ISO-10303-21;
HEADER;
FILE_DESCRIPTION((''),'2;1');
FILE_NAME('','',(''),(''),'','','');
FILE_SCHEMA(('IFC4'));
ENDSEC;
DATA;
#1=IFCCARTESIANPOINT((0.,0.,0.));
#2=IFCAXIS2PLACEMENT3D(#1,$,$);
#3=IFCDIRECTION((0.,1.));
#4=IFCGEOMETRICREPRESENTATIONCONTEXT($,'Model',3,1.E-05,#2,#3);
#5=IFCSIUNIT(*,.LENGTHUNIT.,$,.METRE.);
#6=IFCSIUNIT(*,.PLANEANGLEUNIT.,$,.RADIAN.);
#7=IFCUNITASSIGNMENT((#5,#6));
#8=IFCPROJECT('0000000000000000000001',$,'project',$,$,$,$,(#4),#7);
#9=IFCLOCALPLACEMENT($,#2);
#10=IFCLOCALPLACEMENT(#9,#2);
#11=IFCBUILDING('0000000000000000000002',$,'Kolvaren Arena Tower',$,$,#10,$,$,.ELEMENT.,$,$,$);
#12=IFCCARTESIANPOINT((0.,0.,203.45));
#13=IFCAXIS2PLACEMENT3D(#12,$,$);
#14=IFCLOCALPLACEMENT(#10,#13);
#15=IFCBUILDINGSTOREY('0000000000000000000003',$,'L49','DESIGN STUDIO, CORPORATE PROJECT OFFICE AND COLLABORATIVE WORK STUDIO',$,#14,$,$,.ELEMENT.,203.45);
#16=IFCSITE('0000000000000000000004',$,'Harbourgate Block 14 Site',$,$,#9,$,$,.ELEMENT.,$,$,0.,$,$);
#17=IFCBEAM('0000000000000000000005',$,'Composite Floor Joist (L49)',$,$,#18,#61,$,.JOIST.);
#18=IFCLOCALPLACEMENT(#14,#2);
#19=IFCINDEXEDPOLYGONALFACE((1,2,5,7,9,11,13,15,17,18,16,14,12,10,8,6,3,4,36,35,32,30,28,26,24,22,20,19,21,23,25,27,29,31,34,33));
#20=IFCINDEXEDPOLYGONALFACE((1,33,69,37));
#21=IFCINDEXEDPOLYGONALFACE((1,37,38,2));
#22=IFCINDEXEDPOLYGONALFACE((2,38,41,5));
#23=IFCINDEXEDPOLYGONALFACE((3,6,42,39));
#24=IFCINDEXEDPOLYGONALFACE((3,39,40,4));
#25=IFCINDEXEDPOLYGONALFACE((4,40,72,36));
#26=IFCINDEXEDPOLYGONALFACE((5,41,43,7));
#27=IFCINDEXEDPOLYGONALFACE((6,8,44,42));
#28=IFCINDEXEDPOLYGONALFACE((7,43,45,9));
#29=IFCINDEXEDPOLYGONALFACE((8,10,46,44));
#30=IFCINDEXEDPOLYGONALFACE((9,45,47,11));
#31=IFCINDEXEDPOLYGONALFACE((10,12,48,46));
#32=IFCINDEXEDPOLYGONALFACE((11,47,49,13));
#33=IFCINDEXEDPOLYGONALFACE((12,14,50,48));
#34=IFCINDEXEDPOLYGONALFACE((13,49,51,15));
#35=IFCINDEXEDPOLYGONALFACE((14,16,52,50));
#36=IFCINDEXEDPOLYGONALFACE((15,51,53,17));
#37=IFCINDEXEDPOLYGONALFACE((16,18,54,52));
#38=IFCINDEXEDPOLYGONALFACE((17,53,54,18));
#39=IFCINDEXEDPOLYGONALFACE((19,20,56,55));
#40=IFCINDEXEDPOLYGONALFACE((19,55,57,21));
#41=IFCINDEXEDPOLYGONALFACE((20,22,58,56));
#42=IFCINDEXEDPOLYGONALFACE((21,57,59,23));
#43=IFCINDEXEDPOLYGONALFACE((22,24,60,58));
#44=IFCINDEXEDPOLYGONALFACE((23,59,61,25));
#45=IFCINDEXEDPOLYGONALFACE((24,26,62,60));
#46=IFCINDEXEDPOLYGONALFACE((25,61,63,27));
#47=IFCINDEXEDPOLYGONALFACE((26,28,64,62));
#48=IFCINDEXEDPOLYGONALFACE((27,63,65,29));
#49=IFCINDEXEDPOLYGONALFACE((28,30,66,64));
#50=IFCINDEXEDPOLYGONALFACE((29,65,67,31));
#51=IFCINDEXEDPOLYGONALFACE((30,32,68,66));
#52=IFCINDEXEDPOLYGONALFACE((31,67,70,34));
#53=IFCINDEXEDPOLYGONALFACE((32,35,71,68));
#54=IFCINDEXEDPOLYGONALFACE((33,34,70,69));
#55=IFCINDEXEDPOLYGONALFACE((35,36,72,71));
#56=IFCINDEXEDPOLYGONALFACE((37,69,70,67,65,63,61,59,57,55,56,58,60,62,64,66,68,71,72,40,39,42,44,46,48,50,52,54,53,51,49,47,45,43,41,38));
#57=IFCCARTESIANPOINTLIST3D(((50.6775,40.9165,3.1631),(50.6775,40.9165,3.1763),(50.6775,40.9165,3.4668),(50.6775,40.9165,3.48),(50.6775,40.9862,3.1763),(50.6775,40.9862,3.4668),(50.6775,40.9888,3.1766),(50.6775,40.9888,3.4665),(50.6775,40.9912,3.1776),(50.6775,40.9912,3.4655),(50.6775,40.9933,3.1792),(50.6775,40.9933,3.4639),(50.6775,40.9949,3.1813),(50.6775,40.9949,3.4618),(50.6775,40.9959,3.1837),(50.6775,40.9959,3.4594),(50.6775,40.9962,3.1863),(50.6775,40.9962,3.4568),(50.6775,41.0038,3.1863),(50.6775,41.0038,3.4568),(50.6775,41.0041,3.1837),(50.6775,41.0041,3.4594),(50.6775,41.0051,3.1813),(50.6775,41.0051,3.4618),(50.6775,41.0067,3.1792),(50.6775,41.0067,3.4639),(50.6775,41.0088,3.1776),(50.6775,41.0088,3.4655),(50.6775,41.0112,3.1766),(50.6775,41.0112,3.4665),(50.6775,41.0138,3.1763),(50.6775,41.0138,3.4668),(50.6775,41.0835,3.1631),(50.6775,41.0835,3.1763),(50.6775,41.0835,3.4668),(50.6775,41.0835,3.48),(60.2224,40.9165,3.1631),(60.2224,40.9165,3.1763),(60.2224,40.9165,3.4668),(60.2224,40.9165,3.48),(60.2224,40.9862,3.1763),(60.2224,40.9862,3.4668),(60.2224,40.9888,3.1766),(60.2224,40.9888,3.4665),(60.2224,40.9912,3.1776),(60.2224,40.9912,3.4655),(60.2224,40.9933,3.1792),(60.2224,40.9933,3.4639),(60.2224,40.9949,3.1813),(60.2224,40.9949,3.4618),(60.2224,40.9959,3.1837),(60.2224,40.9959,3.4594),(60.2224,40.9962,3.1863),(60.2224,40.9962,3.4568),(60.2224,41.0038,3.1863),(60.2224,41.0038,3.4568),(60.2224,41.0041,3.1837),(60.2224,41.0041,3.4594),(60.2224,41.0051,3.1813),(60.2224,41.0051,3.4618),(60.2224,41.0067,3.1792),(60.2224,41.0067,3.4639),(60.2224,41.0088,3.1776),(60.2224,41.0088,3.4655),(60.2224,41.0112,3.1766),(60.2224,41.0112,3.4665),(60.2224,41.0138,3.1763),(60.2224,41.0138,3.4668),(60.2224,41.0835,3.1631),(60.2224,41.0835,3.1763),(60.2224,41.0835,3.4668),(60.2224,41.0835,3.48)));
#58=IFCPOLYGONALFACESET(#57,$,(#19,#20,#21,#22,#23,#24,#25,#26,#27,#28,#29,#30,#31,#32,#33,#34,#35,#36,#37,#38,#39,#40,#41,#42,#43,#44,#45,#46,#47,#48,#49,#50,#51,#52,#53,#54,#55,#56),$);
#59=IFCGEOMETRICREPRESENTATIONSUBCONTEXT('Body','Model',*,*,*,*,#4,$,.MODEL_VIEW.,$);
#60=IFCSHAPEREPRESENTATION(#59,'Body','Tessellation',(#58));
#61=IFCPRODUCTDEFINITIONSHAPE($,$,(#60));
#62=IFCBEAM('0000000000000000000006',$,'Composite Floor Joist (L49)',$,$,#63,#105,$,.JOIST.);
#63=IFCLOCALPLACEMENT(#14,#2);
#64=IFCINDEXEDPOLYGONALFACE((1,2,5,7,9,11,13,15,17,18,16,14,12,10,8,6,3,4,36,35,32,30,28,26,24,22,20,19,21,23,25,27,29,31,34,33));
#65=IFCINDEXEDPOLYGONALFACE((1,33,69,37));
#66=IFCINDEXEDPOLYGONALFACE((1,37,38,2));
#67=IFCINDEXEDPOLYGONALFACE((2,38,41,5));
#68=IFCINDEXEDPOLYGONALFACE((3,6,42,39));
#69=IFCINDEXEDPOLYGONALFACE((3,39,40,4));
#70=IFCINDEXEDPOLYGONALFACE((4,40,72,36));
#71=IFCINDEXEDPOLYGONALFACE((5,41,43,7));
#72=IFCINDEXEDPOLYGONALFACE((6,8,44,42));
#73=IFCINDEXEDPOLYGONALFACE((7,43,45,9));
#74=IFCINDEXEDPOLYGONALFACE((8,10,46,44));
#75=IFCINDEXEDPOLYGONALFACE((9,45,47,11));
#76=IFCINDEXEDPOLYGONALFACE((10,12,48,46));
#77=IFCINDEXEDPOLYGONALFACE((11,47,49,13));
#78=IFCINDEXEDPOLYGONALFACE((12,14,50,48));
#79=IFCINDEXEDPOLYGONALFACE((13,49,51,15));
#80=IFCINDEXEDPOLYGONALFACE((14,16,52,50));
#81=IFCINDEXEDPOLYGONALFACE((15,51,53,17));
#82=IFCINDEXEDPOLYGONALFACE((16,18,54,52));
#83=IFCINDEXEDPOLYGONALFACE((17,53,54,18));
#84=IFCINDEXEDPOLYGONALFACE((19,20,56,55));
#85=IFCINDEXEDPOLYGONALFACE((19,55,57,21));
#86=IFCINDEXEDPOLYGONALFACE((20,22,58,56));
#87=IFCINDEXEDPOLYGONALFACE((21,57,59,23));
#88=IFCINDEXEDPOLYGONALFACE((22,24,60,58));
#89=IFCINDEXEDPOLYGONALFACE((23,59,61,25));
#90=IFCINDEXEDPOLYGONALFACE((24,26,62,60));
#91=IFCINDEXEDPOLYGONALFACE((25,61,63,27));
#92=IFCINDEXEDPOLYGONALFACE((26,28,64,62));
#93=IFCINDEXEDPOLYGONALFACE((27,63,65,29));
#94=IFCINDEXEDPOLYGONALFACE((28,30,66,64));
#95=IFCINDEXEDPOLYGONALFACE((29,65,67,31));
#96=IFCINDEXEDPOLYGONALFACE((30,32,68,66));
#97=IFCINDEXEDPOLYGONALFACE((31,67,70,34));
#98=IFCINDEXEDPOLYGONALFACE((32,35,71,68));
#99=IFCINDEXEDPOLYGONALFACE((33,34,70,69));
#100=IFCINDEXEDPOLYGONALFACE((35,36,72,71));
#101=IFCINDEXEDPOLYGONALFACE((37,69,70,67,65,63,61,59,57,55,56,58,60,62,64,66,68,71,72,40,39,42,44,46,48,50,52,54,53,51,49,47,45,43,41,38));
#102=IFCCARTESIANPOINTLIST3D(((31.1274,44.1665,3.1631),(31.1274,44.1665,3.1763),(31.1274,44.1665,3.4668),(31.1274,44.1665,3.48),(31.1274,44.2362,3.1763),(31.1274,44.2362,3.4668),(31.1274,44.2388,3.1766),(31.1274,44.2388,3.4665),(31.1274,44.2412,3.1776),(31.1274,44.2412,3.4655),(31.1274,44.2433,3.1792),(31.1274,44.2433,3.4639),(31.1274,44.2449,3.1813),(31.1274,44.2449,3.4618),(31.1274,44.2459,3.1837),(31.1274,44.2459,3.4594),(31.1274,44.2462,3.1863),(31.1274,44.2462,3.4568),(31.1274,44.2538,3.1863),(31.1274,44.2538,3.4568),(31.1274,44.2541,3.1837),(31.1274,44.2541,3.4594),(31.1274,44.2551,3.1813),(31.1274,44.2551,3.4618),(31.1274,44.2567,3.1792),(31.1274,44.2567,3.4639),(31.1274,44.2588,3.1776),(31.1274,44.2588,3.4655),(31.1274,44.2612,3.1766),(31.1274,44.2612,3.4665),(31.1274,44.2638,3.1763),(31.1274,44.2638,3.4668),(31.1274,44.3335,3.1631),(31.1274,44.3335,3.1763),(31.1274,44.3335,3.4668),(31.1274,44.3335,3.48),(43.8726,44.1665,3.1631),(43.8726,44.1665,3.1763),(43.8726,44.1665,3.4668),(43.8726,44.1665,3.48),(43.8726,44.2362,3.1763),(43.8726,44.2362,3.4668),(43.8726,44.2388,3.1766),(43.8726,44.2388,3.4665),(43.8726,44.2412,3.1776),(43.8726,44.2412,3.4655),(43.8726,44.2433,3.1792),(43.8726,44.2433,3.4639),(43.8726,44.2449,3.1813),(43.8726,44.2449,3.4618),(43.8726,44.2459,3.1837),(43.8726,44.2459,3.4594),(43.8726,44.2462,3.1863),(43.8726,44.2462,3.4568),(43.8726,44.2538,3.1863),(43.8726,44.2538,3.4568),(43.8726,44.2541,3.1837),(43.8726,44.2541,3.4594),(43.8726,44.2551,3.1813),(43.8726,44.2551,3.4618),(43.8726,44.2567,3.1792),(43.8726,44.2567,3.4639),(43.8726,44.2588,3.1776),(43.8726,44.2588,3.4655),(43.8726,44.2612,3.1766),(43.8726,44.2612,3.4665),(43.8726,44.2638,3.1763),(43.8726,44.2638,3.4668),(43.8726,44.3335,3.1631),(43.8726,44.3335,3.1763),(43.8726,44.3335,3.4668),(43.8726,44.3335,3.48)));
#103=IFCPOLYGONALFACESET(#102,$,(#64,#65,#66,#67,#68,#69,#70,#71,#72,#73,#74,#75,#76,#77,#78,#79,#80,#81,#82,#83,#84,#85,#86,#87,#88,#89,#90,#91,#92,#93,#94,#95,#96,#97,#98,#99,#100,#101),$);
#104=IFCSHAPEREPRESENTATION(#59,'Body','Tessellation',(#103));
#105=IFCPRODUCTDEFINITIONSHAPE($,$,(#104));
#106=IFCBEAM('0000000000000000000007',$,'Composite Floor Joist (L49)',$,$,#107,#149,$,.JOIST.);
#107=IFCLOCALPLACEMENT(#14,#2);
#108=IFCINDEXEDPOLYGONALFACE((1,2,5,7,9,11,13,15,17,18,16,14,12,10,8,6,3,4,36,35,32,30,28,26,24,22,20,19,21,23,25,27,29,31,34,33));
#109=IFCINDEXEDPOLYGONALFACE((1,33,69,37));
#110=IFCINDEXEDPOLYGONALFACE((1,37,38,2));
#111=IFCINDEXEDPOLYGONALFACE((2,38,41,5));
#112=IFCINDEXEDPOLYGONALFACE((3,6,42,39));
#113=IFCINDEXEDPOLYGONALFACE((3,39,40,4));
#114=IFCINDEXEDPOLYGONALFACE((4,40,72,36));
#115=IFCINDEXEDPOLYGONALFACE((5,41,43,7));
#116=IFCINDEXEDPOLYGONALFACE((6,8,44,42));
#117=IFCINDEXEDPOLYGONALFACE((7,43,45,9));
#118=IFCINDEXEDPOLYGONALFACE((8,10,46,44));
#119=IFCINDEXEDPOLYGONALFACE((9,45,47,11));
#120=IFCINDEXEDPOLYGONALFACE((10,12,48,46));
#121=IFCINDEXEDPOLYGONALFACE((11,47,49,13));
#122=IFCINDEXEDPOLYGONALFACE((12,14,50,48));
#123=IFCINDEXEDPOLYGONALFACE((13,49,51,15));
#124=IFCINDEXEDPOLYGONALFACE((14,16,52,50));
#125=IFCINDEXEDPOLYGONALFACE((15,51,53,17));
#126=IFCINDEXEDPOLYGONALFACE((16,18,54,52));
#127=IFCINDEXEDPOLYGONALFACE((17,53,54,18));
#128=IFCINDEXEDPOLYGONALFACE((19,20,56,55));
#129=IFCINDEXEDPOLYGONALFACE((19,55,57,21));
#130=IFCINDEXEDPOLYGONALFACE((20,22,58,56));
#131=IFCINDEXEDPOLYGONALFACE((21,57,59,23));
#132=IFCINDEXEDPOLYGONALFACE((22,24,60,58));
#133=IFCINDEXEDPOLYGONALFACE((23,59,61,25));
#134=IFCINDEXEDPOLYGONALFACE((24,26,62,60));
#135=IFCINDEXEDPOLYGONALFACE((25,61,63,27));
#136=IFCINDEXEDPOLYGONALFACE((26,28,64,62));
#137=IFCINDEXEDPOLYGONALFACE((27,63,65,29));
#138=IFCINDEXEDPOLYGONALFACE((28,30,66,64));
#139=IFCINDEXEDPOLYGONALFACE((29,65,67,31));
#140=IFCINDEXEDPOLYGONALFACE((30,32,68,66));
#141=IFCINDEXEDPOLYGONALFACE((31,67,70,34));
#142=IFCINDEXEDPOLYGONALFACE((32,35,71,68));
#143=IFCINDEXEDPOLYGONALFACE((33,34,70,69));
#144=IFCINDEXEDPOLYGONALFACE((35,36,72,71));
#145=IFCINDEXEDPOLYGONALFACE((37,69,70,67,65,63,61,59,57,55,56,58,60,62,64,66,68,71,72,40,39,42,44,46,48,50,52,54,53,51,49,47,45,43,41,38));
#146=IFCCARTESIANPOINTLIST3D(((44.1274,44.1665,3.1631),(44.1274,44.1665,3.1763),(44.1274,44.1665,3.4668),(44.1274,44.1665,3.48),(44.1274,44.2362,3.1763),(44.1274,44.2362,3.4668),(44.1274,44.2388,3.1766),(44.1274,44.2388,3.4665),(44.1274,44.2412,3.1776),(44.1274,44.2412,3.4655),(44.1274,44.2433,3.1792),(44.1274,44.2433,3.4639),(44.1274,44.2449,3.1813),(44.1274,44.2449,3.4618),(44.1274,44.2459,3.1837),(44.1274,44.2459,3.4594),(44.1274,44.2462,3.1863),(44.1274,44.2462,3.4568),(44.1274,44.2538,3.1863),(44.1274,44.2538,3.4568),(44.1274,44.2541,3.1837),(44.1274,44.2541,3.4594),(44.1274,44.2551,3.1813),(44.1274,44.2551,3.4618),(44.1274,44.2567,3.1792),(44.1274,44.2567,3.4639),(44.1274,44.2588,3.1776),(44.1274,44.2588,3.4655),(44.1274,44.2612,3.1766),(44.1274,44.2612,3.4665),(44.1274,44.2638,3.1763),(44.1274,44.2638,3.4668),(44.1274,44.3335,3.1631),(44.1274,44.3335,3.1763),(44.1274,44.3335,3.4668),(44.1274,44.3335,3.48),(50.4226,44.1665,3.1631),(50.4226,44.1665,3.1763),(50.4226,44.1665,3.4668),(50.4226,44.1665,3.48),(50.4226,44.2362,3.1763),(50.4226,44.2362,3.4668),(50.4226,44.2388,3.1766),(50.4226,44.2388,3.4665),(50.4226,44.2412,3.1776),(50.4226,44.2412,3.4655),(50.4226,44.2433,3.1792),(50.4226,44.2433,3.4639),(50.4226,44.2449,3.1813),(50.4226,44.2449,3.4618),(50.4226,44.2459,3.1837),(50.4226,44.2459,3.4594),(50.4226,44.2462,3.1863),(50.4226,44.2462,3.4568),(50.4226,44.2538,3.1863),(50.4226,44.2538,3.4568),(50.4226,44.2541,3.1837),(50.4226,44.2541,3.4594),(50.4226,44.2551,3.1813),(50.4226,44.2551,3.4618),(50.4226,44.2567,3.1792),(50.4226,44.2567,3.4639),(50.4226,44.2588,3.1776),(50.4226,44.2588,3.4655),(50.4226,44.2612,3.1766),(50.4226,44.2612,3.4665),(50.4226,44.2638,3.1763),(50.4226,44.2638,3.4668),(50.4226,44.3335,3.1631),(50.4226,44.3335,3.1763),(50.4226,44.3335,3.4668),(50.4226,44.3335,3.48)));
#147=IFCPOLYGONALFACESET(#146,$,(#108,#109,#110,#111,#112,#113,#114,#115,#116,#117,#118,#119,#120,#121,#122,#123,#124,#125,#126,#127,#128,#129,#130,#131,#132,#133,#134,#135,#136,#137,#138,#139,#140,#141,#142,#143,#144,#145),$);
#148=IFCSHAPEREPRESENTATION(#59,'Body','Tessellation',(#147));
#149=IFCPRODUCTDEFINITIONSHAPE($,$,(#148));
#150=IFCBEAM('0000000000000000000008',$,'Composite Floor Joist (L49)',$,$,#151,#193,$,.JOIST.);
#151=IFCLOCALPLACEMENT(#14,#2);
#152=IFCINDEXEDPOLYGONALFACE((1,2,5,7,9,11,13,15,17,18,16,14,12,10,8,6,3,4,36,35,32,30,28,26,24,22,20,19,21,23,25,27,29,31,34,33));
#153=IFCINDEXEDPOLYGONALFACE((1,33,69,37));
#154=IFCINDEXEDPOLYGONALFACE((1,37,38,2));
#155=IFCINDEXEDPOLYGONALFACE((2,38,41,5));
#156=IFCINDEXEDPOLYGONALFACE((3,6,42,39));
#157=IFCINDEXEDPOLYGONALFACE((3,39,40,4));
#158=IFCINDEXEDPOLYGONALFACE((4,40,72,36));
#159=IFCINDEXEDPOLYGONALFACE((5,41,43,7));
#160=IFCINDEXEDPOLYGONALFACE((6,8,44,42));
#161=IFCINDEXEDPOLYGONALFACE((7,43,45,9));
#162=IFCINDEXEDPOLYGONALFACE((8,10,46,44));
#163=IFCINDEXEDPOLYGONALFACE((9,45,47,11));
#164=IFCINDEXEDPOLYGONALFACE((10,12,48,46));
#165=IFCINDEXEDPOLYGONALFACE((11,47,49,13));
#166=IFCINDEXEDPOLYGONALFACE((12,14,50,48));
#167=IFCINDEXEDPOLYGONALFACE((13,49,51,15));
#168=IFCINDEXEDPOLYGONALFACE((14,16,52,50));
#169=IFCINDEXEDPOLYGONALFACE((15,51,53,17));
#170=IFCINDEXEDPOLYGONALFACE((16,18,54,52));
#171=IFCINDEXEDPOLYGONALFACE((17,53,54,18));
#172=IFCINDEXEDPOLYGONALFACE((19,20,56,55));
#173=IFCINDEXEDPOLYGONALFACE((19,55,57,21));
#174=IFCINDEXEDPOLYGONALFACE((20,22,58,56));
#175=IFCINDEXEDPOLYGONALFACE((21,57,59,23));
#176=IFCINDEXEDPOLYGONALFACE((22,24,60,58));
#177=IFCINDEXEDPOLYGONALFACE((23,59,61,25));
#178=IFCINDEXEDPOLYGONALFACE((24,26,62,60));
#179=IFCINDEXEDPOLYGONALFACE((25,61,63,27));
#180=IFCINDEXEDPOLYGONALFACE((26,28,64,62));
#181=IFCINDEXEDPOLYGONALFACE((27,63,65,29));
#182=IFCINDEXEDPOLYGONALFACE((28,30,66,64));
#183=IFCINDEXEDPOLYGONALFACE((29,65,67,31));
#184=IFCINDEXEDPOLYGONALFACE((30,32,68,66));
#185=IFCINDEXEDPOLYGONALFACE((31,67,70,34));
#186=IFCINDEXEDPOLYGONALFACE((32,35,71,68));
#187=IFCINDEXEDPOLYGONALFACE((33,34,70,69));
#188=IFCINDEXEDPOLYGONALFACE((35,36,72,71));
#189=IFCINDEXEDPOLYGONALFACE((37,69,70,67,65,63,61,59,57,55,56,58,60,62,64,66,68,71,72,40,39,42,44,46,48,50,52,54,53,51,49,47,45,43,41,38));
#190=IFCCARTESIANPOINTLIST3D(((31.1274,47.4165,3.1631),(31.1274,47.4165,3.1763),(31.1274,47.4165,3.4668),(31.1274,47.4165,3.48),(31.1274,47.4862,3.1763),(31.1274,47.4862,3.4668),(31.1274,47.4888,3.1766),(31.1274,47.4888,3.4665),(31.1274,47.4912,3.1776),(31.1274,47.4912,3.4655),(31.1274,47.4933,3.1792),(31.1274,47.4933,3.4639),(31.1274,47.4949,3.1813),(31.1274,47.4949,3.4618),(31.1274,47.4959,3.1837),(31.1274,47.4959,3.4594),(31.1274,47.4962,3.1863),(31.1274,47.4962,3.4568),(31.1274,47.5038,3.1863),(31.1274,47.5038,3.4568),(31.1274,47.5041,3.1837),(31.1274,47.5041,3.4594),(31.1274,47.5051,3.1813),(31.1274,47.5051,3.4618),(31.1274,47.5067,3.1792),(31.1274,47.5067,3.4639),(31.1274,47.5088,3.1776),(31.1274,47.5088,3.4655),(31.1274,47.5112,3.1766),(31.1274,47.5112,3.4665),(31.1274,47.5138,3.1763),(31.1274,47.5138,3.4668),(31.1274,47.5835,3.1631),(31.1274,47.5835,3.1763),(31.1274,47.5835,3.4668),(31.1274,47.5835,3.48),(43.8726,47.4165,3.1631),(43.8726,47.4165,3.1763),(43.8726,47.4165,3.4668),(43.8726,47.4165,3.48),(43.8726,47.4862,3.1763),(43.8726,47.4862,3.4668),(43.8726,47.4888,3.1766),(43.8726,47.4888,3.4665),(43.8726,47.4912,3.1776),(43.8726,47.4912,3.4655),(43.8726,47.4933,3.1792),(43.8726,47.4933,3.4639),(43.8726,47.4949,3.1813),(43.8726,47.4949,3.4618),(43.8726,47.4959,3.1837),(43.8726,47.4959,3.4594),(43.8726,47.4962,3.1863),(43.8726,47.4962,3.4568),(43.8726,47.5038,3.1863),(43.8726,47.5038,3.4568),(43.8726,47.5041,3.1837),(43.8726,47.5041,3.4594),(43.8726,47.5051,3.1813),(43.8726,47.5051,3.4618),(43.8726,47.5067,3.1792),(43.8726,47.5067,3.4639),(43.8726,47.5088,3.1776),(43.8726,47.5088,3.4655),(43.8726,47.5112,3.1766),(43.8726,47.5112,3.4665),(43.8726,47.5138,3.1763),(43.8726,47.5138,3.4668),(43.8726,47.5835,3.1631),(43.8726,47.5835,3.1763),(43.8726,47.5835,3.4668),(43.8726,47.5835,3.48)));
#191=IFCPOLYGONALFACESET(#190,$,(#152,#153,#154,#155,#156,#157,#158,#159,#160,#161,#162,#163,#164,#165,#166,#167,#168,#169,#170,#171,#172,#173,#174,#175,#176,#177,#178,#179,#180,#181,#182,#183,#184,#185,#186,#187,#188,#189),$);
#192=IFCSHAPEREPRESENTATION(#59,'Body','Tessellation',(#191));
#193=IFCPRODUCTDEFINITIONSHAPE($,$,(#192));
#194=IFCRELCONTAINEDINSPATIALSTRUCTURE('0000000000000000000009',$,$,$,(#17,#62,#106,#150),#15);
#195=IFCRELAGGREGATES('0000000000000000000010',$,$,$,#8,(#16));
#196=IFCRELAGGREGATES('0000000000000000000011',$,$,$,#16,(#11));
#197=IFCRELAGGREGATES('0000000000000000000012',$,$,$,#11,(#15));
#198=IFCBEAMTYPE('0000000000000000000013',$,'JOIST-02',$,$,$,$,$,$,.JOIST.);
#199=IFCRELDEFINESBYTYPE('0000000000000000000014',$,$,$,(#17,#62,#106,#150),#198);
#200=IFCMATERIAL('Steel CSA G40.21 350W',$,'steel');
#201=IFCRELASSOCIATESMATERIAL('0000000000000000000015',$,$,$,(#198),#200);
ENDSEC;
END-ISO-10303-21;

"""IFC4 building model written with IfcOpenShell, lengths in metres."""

from ifc_helpers import new_model, si_unit, direction, frame, origin, origin_2d, place, context, subcontext, project, spatial, i_section, extrude, material, material_profile, profile_set, type_object, element, save


model = new_model("IFC4")

# Units and contexts
model_context = context("Model", 3, precision=1e-05, world=origin(), true_north=direction((0.0, 1.0)))
body_context = subcontext(model_context, "Body", "Model", "MODEL_VIEW")
ifc_project = project(units=[si_unit("LENGTHUNIT", "METRE"), si_unit("PLANEANGLEUNIT", "RADIAN")], contexts=[model_context])

# Site, building, storey
site_placement = place(None, origin())
site = spatial("IfcSite", under=ifc_project, at=site_placement, Name="Harbourgate Block 14 Site", CompositionType="ELEMENT", RefElevation=0.0)
building_placement = place(site_placement, origin())
building = spatial("IfcBuilding", under=site, at=building_placement, Name="Kolvaren Arena Tower", CompositionType="ELEMENT")
storey_placement = place(building_placement, frame((0.0, 0.0, 203.45)))
storey = spatial("IfcBuildingStorey", under=building, at=storey_placement, Name="L49", Description="DESIGN STUDIO, CORPORATE PROJECT OFFICE AND COLLABORATIVE WORK STUDIO", CompositionType="ELEMENT", Elevation=203.45)

# Beams
ifc_material_1 = material(Name="Steel CSA G40.21 350W", Category="steel")
ifc_material_profile_1 = material_profile(ifc_material_1, i_section(OverallWidth=0.167, OverallDepth=0.3169, WebThickness=0.0076, FlangeThickness=0.0132, FilletRadius=0.01, at=origin_2d()), Name="W310x52")
ifc_profile_set_1 = profile_set([ifc_material_profile_1], Name="Steel CSA G40.21 350W")
beam_type_1 = type_object("IfcBeamType", Name="JOIST-02", PredefinedType="JOIST", material=ifc_profile_set_1)
beam_1_placement = place(storey_placement, frame((50.6775, 41.0, 3.3215), z_axis=(1.0, 0.0, 0.0), x_axis=(0.0, 1.0, 0.0)))
element("IfcBeam", 1, at=beam_1_placement, inside=storey, type_object=beam_type_1, Name="Composite Floor Joist (L49)", PredefinedType="JOIST", context=body_context, shape_type="SweptSolid", body=[
    extrude(i_section(OverallWidth=0.167, OverallDepth=0.3169, WebThickness=0.0076, FlangeThickness=0.0132, FilletRadius=0.01, at=origin_2d()), origin(), (0.0, 0.0, 1.0), 9.5449),
])
beam_2_placement = place(storey_placement, frame((31.1274, 44.25, 3.3215), z_axis=(1.0, 0.0, 0.0), x_axis=(0.0, 1.0, 0.0)))
element("IfcBeam", 2, at=beam_2_placement, inside=storey, type_object=beam_type_1, Name="Composite Floor Joist (L49)", PredefinedType="JOIST", context=body_context, shape_type="SweptSolid", body=[
    extrude(i_section(OverallWidth=0.167, OverallDepth=0.3169, WebThickness=0.0076, FlangeThickness=0.0132, FilletRadius=0.01, at=origin_2d()), origin(), (0.0, 0.0, 1.0), 12.7451),
])
beam_3_placement = place(storey_placement, frame((44.1274, 44.25, 3.3215), z_axis=(1.0, 0.0, 0.0), x_axis=(0.0, 1.0, 0.0)))
element("IfcBeam", 3, at=beam_3_placement, inside=storey, type_object=beam_type_1, Name="Composite Floor Joist (L49)", PredefinedType="JOIST", context=body_context, shape_type="SweptSolid", body=[
    extrude(i_section(OverallWidth=0.167, OverallDepth=0.3169, WebThickness=0.0076, FlangeThickness=0.0132, FilletRadius=0.01, at=origin_2d()), origin(), (0.0, 0.0, 1.0), 6.2952),
])
beam_4_placement = place(storey_placement, frame((31.1274, 47.5, 3.3215), z_axis=(1.0, 0.0, 0.0), x_axis=(0.0, 1.0, 0.0)))
element("IfcBeam", 4, at=beam_4_placement, inside=storey, type_object=beam_type_1, Name="Composite Floor Joist (L49)", PredefinedType="JOIST", context=body_context, shape_type="SweptSolid", body=[
    extrude(i_section(OverallWidth=0.167, OverallDepth=0.3169, WebThickness=0.0076, FlangeThickness=0.0132, FilletRadius=0.01, at=origin_2d()), origin(), (0.0, 0.0, 1.0), 12.7451),
])

save(model, "model.ifc")
